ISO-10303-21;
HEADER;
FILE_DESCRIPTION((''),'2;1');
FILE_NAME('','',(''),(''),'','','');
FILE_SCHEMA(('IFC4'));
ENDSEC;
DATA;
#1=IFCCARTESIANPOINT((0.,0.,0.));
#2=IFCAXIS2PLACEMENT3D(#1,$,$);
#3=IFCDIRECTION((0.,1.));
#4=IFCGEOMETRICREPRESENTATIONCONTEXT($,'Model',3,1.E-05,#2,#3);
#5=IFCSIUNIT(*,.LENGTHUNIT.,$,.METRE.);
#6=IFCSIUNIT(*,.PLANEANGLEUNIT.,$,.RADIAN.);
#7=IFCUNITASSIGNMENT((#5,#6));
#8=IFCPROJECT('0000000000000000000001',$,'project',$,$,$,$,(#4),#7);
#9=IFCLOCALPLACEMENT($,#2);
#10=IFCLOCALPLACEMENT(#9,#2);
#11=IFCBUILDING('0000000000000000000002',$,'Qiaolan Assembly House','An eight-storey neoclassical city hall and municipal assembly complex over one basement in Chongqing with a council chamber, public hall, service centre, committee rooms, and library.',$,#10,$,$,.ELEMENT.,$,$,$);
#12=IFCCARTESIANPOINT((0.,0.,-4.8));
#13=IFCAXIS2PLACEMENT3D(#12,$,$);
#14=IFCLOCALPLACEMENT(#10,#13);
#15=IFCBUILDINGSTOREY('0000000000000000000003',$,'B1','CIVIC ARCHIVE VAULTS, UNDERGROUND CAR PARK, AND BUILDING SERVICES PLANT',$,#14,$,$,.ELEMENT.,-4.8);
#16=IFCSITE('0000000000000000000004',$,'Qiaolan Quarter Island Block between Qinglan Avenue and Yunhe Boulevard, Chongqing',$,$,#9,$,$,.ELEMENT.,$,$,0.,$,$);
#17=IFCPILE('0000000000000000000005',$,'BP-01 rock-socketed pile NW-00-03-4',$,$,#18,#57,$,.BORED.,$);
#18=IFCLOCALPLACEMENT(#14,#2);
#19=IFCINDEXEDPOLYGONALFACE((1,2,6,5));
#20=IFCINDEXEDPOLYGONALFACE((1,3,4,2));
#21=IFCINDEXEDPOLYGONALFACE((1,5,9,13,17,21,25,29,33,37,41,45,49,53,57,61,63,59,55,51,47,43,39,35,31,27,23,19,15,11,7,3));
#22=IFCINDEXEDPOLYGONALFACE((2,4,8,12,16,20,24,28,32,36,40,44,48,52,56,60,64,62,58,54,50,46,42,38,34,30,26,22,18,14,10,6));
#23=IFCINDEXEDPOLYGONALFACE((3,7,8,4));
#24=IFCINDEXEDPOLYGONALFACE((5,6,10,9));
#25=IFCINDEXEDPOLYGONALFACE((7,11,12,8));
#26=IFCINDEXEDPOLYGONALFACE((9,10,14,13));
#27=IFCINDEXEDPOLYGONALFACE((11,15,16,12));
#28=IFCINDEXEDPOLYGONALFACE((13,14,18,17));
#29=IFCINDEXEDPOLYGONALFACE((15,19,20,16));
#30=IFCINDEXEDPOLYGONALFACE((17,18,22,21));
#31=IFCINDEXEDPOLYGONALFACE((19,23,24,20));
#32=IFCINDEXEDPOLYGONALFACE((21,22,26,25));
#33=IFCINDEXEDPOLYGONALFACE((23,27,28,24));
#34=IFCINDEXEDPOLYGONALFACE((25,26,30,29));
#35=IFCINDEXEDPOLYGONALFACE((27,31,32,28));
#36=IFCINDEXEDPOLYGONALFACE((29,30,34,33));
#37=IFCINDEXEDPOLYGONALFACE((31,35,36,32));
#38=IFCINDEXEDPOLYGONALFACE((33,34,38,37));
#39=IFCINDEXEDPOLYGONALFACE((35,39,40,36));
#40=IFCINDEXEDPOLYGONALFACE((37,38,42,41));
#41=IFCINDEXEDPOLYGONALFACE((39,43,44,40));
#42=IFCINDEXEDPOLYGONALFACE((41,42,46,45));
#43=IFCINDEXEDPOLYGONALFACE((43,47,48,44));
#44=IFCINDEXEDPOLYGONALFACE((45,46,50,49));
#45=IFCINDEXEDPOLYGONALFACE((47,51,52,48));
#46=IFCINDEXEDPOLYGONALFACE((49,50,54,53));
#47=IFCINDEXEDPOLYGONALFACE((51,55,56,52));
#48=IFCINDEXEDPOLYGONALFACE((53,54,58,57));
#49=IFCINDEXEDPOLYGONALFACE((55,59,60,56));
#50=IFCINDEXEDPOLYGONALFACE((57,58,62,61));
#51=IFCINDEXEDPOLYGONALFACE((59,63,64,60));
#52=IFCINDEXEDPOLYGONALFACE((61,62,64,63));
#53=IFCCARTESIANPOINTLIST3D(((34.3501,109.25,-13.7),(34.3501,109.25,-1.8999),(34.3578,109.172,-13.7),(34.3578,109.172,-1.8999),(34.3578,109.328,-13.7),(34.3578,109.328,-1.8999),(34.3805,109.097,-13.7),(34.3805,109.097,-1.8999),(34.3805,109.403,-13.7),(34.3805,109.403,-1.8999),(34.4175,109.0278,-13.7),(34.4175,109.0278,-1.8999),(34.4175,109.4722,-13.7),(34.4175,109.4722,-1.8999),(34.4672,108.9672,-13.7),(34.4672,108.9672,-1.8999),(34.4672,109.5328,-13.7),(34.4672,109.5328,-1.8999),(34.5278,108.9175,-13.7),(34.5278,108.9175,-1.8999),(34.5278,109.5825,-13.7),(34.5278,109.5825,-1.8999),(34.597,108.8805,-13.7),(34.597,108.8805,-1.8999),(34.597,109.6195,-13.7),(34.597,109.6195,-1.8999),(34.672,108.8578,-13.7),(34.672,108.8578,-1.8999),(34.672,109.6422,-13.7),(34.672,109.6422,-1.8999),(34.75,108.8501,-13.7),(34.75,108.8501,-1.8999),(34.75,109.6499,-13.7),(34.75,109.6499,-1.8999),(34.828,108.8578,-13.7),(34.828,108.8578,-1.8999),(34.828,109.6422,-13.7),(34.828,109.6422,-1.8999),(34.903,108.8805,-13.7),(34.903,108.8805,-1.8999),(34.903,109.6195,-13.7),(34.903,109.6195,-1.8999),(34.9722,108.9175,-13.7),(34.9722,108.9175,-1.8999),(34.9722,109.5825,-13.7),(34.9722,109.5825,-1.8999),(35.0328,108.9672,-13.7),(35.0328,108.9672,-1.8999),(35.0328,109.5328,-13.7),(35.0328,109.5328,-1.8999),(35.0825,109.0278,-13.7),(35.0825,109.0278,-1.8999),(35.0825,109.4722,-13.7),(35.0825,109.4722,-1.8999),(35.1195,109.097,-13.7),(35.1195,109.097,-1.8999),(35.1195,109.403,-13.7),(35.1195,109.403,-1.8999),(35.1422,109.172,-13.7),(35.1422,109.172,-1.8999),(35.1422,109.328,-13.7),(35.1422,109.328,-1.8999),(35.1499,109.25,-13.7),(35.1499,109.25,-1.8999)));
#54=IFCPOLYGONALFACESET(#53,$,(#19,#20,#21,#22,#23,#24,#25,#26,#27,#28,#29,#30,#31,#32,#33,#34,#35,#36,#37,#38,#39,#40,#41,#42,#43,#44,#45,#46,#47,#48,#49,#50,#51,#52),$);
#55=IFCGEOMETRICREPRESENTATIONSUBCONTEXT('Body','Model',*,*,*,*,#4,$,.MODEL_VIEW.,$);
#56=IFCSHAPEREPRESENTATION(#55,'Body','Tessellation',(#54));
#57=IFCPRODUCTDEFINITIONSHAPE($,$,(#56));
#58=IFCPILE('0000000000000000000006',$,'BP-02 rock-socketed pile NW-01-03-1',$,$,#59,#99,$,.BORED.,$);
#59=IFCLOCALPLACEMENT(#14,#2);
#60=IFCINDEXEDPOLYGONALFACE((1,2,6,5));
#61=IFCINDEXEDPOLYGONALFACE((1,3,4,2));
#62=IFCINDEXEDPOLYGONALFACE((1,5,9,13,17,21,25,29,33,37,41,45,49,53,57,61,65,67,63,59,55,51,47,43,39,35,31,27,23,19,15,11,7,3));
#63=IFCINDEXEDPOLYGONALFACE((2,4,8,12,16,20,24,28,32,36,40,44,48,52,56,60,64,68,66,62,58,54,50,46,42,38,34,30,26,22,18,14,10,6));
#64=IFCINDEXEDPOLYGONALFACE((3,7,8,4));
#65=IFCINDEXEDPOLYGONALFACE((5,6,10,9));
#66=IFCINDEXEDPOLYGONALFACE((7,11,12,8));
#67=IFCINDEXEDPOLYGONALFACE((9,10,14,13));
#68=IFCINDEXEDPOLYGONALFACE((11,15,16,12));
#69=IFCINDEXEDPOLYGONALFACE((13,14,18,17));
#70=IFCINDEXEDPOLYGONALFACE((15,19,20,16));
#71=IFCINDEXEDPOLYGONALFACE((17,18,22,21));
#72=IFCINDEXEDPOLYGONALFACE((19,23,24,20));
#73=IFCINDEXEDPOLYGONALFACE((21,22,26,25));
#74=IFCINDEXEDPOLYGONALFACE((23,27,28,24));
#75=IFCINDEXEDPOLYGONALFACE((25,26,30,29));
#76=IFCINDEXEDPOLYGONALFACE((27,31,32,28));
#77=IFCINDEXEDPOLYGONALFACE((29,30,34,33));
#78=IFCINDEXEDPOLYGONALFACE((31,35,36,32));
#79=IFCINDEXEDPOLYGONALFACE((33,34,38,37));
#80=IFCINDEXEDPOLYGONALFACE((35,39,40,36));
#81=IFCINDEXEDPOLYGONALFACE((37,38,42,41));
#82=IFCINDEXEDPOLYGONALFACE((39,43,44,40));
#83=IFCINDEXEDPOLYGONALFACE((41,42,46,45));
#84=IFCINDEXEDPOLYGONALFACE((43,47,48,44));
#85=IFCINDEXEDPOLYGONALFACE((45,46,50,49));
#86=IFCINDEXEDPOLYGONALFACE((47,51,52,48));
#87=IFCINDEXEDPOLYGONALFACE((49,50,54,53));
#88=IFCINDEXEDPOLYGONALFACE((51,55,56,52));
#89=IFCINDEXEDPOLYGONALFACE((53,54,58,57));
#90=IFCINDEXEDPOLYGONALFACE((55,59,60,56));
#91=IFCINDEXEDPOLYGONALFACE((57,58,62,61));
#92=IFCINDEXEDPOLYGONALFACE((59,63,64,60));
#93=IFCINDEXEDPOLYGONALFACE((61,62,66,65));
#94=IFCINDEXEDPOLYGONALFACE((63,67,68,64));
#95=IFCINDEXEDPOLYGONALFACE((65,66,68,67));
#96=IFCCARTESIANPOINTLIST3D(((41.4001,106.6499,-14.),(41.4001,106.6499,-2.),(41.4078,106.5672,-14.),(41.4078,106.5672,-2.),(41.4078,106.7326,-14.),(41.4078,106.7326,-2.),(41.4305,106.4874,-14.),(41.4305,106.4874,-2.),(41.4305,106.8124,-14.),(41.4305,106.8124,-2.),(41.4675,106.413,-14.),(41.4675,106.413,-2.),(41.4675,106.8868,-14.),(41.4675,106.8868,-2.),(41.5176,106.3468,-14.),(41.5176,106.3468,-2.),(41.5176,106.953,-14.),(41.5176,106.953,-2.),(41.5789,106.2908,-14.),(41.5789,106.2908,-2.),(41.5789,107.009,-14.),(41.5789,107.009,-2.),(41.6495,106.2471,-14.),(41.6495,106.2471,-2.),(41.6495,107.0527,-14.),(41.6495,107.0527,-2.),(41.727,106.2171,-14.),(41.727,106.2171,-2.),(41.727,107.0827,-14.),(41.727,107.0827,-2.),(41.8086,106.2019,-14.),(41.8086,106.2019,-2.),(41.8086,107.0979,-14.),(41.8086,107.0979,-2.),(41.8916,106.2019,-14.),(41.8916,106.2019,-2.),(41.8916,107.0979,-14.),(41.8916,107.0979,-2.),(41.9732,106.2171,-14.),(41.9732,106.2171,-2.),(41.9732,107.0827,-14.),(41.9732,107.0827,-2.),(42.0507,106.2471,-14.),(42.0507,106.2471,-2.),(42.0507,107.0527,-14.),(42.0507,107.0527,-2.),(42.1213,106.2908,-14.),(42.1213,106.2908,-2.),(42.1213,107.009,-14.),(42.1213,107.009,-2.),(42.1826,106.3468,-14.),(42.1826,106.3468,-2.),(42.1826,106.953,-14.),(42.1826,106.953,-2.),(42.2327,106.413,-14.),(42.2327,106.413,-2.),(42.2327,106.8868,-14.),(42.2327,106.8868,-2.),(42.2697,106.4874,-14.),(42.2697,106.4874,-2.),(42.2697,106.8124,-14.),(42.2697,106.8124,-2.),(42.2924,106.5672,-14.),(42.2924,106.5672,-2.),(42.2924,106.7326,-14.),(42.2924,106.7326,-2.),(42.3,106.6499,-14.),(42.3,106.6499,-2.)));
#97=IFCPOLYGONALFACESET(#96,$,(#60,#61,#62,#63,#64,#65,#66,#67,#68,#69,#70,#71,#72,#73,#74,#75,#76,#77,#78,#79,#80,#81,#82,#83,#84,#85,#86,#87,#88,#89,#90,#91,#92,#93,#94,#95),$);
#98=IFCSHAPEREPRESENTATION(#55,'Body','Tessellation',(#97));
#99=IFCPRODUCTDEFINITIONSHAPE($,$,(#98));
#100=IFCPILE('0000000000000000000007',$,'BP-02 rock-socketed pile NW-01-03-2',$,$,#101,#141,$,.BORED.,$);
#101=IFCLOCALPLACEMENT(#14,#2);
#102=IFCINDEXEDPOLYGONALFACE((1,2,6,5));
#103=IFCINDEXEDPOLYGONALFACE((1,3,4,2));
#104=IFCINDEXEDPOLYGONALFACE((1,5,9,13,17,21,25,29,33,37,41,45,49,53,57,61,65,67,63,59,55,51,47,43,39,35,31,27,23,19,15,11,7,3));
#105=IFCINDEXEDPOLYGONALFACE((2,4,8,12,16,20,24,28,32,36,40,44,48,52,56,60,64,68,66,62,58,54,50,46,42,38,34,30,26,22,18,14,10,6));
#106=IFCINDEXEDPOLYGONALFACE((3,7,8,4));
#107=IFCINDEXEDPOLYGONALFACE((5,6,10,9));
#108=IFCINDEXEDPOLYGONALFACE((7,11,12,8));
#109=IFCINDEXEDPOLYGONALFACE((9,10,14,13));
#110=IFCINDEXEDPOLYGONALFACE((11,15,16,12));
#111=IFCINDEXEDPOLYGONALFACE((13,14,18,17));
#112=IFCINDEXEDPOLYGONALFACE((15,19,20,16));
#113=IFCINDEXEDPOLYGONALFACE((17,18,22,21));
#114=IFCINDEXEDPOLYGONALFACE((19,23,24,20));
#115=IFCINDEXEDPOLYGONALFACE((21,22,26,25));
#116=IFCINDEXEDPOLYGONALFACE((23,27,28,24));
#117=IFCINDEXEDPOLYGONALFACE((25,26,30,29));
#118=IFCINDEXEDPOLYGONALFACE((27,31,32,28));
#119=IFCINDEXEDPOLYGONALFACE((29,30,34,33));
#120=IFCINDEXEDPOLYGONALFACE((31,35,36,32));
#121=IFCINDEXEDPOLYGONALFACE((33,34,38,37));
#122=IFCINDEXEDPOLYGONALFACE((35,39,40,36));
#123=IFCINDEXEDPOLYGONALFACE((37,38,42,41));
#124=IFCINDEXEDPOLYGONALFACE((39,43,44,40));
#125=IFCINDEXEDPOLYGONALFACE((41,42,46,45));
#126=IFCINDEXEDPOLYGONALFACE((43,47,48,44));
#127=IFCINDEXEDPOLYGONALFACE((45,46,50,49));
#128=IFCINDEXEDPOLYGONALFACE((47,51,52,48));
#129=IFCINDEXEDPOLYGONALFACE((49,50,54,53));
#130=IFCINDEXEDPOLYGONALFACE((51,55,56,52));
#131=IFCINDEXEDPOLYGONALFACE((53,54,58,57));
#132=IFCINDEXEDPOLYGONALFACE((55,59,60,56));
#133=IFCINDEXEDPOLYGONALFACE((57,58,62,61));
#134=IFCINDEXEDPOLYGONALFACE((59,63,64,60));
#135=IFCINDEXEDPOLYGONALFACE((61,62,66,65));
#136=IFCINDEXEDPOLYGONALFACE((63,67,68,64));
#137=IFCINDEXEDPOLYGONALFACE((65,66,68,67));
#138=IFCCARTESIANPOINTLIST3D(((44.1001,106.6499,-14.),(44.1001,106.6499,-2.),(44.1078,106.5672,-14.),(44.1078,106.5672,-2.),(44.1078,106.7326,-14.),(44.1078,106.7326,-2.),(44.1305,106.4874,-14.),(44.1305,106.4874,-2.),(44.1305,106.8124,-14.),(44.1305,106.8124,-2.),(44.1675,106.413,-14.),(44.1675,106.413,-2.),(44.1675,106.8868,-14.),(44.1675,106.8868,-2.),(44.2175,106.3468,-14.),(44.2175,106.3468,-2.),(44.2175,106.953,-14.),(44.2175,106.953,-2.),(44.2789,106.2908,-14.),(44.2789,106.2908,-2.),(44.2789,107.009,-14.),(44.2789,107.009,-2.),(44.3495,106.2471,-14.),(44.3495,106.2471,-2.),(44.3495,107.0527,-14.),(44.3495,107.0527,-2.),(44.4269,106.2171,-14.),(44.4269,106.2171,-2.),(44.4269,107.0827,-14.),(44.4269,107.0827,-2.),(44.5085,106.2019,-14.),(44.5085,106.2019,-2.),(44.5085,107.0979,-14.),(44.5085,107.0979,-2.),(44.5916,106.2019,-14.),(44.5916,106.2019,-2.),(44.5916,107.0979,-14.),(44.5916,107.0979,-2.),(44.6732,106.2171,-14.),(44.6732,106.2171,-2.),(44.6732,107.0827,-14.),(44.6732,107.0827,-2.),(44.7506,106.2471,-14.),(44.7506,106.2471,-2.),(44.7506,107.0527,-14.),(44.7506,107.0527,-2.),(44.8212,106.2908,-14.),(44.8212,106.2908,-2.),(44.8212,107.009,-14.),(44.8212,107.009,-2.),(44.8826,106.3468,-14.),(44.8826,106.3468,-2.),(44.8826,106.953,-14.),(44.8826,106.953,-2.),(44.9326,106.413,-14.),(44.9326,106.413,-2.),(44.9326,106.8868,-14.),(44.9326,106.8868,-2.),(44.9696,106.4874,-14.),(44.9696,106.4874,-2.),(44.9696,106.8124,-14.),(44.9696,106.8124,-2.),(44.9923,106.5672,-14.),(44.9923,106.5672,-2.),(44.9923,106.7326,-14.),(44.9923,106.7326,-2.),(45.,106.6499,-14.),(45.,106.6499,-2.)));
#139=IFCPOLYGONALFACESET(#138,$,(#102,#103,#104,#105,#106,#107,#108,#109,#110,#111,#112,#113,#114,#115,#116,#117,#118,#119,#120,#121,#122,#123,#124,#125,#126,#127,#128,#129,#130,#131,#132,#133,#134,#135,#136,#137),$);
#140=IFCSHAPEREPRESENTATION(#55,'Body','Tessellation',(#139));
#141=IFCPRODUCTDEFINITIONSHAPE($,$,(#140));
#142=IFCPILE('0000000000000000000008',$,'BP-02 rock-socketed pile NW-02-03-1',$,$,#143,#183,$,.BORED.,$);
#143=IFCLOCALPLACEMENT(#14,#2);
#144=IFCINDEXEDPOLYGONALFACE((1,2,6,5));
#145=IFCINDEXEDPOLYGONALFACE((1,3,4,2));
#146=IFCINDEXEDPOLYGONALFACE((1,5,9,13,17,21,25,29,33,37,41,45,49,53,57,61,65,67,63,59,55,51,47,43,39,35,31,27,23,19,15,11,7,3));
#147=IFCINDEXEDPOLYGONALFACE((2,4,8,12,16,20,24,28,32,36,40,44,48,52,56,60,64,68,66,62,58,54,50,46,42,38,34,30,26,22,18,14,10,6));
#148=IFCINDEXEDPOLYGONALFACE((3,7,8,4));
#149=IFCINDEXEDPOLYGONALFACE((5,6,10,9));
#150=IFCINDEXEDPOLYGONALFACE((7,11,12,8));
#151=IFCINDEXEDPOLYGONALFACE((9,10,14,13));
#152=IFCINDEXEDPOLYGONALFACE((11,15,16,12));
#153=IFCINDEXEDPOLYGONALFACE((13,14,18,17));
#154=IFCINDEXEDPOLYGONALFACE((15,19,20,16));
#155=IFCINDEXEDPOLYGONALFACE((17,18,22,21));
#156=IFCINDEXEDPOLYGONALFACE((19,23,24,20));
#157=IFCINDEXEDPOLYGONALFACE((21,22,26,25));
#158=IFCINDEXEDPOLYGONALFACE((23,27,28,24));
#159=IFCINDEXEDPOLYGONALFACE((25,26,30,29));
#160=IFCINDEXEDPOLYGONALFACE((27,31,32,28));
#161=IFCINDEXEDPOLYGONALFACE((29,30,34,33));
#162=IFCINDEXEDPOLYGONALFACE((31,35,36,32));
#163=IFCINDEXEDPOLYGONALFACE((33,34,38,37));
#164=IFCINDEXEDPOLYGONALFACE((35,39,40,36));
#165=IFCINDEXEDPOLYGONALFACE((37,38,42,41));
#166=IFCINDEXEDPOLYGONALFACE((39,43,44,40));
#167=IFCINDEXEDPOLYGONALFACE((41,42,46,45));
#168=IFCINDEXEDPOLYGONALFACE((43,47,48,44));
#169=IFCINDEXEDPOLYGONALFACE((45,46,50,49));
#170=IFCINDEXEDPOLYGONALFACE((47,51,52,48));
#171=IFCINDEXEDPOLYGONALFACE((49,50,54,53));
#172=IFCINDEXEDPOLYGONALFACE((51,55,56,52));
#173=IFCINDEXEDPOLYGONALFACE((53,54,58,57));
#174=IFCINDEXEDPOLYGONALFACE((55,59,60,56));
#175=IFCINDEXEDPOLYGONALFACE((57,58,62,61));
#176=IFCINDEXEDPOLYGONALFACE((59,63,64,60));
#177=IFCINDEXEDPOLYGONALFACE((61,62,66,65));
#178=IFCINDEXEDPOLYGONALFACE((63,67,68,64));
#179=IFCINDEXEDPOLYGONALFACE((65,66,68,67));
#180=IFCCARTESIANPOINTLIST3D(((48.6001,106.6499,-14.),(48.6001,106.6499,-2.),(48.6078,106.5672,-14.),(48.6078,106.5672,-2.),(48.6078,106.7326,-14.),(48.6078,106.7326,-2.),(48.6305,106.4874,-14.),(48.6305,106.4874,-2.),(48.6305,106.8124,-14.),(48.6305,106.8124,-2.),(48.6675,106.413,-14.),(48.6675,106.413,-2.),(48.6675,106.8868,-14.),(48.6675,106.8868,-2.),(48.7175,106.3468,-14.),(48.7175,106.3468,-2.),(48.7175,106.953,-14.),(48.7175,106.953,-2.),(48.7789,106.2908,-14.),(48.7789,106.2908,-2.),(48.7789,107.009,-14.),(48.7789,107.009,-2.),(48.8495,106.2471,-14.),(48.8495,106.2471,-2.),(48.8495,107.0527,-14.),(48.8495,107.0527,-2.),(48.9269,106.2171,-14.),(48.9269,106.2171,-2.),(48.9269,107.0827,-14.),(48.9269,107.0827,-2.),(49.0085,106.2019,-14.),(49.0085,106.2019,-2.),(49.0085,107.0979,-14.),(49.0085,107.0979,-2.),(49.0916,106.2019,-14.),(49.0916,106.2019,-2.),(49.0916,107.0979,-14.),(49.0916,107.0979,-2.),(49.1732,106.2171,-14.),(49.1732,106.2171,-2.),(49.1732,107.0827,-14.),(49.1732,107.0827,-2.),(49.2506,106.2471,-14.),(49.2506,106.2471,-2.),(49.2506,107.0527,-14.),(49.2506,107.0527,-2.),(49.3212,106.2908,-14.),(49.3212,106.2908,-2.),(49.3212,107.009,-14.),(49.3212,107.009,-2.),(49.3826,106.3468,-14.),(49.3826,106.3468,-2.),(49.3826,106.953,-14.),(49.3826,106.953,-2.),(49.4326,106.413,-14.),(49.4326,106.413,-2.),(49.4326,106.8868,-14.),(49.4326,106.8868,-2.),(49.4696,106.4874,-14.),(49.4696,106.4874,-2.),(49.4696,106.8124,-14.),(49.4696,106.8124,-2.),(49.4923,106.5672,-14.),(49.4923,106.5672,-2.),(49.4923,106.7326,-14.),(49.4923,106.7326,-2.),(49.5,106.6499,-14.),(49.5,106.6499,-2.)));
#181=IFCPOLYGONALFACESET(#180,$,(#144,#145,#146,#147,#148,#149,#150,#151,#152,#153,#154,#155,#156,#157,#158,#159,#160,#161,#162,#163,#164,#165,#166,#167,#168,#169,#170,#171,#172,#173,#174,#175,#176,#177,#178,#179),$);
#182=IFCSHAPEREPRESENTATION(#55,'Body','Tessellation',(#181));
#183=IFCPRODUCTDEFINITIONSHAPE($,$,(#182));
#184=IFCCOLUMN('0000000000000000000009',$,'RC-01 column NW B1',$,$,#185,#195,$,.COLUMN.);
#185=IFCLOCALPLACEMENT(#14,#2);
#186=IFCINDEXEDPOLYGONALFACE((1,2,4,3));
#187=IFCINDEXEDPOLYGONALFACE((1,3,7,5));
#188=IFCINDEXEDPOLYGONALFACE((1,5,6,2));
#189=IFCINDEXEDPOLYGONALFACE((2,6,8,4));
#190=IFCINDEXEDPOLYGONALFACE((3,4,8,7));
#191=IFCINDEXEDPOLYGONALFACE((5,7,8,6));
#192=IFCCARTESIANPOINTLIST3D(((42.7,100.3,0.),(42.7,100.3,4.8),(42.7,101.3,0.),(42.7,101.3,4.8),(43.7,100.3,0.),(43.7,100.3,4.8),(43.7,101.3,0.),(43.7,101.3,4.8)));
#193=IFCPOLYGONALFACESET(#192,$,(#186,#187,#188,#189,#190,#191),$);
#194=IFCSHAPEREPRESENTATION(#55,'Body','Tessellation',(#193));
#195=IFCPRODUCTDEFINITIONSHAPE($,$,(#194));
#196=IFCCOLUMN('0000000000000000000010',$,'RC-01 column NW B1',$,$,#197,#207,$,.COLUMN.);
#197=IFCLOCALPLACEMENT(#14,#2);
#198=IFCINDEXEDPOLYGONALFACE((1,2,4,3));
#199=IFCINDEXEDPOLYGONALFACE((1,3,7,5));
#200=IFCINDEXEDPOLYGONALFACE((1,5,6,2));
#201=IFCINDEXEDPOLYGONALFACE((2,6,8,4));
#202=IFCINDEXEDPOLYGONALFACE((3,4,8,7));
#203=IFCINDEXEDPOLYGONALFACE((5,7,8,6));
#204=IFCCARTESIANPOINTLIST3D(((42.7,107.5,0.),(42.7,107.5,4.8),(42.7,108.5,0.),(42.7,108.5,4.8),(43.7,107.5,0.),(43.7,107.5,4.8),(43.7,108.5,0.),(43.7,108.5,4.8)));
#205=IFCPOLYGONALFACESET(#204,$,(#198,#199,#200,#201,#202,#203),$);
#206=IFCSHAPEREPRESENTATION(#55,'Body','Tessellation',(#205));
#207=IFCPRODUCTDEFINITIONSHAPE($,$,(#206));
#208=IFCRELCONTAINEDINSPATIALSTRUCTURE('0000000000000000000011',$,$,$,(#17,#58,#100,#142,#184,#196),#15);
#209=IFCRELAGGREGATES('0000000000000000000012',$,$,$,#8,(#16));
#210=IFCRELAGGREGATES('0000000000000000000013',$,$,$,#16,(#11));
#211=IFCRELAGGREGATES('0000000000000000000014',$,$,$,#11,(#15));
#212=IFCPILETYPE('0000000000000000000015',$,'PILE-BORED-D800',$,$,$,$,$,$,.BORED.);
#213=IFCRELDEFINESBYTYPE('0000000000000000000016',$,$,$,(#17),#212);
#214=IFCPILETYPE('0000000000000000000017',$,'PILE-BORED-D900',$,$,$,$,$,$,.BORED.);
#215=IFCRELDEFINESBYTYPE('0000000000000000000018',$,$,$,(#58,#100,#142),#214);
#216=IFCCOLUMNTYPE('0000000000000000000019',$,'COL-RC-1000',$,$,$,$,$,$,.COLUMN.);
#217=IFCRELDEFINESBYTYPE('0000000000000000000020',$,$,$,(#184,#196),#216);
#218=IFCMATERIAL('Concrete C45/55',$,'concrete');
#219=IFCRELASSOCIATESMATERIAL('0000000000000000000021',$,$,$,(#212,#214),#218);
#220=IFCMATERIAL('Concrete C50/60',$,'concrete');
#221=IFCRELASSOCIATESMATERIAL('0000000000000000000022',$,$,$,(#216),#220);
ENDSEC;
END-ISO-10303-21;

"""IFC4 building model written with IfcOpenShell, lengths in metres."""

from ifc_helpers import new_model, si_unit, direction, frame, origin, origin_2d, place, context, subcontext, project, spatial, rectangle, circle, extrude, material, material_profile, profile_set, type_object, element, save


model = new_model("IFC4")

# Units and contexts
model_context = context("Model", 3, precision=1e-05, world=origin(), true_north=direction((0.0, 1.0)))
body_context = subcontext(model_context, "Body", "Model", "MODEL_VIEW")
ifc_project = project(units=[si_unit("LENGTHUNIT", "METRE"), si_unit("PLANEANGLEUNIT", "RADIAN")], contexts=[model_context])

# Site, building, storey
site_placement = place(None, origin())
site = spatial("IfcSite", under=ifc_project, at=site_placement, Name="Qiaolan Quarter Island Block between Qinglan Avenue and Yunhe Boulevard, Chongqing", CompositionType="ELEMENT", RefElevation=0.0)
building_placement = place(site_placement, origin())
building = spatial("IfcBuilding", under=site, at=building_placement, Name="Qiaolan Assembly House", Description="An eight-storey neoclassical city hall and municipal assembly complex over one basement in Chongqing with a council chamber, public hall, service centre, committee rooms, and library.", CompositionType="ELEMENT")
storey_placement = place(building_placement, frame((0.0, 0.0, -4.8)))
storey = spatial("IfcBuildingStorey", under=building, at=storey_placement, Name="B1", Description="CIVIC ARCHIVE VAULTS, UNDERGROUND CAR PARK, AND BUILDING SERVICES PLANT", CompositionType="ELEMENT", Elevation=-4.8)

# Piles
ifc_material_1 = material(Name="Concrete C45/55", Category="concrete")
ifc_material_profile_1 = material_profile(ifc_material_1, circle(Radius=0.3999, at=origin_2d()), Name="PILE D800")
ifc_profile_set_1 = profile_set([ifc_material_profile_1], Name="Concrete C45/55")
pile_type_1 = type_object("IfcPileType", Name="PILE-BORED-D800", PredefinedType="BORED", material=ifc_profile_set_1)
for number, where, z_axis, x_axis, name in (
    (1, (34.75, 109.25, -1.8999), (0.0, 0.0, -1.0), (1.0, 0.0, 0.0), "BP-01 rock-socketed pile NW-00-03-4"),
):
    element("IfcPile", number, at=place(storey_placement, frame(where, z_axis=z_axis, x_axis=x_axis)), inside=storey, type_object=pile_type_1, Name=name, PredefinedType="BORED", context=body_context, shape_type="SweptSolid", body=[
        extrude(circle(Radius=0.3999, at=origin_2d()), origin(), (0.0, 0.0, 1.0), 11.8),
    ])
ifc_material_profile_2 = material_profile(ifc_material_1, circle(Radius=0.45, at=origin_2d()), Name="PILE D900")
ifc_profile_set_2 = profile_set([ifc_material_profile_2], Name="Concrete C45/55")
pile_type_2 = type_object("IfcPileType", Name="PILE-BORED-D900", PredefinedType="BORED", material=ifc_profile_set_2)
for number, where, z_axis, x_axis, name in (
    (2, (41.8501, 106.6499, -2.0), (0.0, 0.0, -1.0), (1.0, 0.0, 0.0), "BP-02 rock-socketed pile NW-01-03-1"),
    (3, (44.55, 106.6499, -2.0), (0.0, 0.0, -1.0), (1.0, 0.0, 0.0), "BP-02 rock-socketed pile NW-01-03-2"),
    (4, (49.05, 106.6499, -2.0), (0.0, 0.0, -1.0), (1.0, 0.0, 0.0), "BP-02 rock-socketed pile NW-02-03-1"),
):
    element("IfcPile", number, at=place(storey_placement, frame(where, z_axis=z_axis, x_axis=x_axis)), inside=storey, type_object=pile_type_2, Name=name, PredefinedType="BORED", context=body_context, shape_type="SweptSolid", body=[
        extrude(circle(Radius=0.45, at=origin_2d()), origin(), (0.0, 0.0, 1.0), 12.0),
    ])

# Columns
ifc_material_2 = material(Name="Concrete C50/60", Category="concrete")
ifc_material_profile_3 = material_profile(ifc_material_2, rectangle(XDim=1.0, YDim=1.0, at=origin_2d()), Name="RC 1000x1000")
ifc_profile_set_3 = profile_set([ifc_material_profile_3], Name="Concrete C50/60")
column_type_1 = type_object("IfcColumnType", Name="COL-RC-1000", PredefinedType="COLUMN", material=ifc_profile_set_3)
for number, where, z_axis, x_axis, name in (
    (5, (43.2, 100.8, 0.0), (0.0, 0.0, 1.0), (1.0, 0.0, 0.0), "RC-01 column NW B1"),
    (6, (43.2, 108.0, 0.0), (0.0, 0.0, 1.0), (1.0, 0.0, 0.0), "RC-01 column NW B1"),
):
    element("IfcColumn", number, at=place(storey_placement, frame(where, z_axis=z_axis, x_axis=x_axis)), inside=storey, type_object=column_type_1, Name=name, PredefinedType="COLUMN", context=body_context, shape_type="SweptSolid", body=[
        extrude(rectangle(XDim=1.0, YDim=1.0, at=origin_2d()), origin(), (0.0, 0.0, 1.0), 4.8),
    ])

save(model, "model.ifc")
